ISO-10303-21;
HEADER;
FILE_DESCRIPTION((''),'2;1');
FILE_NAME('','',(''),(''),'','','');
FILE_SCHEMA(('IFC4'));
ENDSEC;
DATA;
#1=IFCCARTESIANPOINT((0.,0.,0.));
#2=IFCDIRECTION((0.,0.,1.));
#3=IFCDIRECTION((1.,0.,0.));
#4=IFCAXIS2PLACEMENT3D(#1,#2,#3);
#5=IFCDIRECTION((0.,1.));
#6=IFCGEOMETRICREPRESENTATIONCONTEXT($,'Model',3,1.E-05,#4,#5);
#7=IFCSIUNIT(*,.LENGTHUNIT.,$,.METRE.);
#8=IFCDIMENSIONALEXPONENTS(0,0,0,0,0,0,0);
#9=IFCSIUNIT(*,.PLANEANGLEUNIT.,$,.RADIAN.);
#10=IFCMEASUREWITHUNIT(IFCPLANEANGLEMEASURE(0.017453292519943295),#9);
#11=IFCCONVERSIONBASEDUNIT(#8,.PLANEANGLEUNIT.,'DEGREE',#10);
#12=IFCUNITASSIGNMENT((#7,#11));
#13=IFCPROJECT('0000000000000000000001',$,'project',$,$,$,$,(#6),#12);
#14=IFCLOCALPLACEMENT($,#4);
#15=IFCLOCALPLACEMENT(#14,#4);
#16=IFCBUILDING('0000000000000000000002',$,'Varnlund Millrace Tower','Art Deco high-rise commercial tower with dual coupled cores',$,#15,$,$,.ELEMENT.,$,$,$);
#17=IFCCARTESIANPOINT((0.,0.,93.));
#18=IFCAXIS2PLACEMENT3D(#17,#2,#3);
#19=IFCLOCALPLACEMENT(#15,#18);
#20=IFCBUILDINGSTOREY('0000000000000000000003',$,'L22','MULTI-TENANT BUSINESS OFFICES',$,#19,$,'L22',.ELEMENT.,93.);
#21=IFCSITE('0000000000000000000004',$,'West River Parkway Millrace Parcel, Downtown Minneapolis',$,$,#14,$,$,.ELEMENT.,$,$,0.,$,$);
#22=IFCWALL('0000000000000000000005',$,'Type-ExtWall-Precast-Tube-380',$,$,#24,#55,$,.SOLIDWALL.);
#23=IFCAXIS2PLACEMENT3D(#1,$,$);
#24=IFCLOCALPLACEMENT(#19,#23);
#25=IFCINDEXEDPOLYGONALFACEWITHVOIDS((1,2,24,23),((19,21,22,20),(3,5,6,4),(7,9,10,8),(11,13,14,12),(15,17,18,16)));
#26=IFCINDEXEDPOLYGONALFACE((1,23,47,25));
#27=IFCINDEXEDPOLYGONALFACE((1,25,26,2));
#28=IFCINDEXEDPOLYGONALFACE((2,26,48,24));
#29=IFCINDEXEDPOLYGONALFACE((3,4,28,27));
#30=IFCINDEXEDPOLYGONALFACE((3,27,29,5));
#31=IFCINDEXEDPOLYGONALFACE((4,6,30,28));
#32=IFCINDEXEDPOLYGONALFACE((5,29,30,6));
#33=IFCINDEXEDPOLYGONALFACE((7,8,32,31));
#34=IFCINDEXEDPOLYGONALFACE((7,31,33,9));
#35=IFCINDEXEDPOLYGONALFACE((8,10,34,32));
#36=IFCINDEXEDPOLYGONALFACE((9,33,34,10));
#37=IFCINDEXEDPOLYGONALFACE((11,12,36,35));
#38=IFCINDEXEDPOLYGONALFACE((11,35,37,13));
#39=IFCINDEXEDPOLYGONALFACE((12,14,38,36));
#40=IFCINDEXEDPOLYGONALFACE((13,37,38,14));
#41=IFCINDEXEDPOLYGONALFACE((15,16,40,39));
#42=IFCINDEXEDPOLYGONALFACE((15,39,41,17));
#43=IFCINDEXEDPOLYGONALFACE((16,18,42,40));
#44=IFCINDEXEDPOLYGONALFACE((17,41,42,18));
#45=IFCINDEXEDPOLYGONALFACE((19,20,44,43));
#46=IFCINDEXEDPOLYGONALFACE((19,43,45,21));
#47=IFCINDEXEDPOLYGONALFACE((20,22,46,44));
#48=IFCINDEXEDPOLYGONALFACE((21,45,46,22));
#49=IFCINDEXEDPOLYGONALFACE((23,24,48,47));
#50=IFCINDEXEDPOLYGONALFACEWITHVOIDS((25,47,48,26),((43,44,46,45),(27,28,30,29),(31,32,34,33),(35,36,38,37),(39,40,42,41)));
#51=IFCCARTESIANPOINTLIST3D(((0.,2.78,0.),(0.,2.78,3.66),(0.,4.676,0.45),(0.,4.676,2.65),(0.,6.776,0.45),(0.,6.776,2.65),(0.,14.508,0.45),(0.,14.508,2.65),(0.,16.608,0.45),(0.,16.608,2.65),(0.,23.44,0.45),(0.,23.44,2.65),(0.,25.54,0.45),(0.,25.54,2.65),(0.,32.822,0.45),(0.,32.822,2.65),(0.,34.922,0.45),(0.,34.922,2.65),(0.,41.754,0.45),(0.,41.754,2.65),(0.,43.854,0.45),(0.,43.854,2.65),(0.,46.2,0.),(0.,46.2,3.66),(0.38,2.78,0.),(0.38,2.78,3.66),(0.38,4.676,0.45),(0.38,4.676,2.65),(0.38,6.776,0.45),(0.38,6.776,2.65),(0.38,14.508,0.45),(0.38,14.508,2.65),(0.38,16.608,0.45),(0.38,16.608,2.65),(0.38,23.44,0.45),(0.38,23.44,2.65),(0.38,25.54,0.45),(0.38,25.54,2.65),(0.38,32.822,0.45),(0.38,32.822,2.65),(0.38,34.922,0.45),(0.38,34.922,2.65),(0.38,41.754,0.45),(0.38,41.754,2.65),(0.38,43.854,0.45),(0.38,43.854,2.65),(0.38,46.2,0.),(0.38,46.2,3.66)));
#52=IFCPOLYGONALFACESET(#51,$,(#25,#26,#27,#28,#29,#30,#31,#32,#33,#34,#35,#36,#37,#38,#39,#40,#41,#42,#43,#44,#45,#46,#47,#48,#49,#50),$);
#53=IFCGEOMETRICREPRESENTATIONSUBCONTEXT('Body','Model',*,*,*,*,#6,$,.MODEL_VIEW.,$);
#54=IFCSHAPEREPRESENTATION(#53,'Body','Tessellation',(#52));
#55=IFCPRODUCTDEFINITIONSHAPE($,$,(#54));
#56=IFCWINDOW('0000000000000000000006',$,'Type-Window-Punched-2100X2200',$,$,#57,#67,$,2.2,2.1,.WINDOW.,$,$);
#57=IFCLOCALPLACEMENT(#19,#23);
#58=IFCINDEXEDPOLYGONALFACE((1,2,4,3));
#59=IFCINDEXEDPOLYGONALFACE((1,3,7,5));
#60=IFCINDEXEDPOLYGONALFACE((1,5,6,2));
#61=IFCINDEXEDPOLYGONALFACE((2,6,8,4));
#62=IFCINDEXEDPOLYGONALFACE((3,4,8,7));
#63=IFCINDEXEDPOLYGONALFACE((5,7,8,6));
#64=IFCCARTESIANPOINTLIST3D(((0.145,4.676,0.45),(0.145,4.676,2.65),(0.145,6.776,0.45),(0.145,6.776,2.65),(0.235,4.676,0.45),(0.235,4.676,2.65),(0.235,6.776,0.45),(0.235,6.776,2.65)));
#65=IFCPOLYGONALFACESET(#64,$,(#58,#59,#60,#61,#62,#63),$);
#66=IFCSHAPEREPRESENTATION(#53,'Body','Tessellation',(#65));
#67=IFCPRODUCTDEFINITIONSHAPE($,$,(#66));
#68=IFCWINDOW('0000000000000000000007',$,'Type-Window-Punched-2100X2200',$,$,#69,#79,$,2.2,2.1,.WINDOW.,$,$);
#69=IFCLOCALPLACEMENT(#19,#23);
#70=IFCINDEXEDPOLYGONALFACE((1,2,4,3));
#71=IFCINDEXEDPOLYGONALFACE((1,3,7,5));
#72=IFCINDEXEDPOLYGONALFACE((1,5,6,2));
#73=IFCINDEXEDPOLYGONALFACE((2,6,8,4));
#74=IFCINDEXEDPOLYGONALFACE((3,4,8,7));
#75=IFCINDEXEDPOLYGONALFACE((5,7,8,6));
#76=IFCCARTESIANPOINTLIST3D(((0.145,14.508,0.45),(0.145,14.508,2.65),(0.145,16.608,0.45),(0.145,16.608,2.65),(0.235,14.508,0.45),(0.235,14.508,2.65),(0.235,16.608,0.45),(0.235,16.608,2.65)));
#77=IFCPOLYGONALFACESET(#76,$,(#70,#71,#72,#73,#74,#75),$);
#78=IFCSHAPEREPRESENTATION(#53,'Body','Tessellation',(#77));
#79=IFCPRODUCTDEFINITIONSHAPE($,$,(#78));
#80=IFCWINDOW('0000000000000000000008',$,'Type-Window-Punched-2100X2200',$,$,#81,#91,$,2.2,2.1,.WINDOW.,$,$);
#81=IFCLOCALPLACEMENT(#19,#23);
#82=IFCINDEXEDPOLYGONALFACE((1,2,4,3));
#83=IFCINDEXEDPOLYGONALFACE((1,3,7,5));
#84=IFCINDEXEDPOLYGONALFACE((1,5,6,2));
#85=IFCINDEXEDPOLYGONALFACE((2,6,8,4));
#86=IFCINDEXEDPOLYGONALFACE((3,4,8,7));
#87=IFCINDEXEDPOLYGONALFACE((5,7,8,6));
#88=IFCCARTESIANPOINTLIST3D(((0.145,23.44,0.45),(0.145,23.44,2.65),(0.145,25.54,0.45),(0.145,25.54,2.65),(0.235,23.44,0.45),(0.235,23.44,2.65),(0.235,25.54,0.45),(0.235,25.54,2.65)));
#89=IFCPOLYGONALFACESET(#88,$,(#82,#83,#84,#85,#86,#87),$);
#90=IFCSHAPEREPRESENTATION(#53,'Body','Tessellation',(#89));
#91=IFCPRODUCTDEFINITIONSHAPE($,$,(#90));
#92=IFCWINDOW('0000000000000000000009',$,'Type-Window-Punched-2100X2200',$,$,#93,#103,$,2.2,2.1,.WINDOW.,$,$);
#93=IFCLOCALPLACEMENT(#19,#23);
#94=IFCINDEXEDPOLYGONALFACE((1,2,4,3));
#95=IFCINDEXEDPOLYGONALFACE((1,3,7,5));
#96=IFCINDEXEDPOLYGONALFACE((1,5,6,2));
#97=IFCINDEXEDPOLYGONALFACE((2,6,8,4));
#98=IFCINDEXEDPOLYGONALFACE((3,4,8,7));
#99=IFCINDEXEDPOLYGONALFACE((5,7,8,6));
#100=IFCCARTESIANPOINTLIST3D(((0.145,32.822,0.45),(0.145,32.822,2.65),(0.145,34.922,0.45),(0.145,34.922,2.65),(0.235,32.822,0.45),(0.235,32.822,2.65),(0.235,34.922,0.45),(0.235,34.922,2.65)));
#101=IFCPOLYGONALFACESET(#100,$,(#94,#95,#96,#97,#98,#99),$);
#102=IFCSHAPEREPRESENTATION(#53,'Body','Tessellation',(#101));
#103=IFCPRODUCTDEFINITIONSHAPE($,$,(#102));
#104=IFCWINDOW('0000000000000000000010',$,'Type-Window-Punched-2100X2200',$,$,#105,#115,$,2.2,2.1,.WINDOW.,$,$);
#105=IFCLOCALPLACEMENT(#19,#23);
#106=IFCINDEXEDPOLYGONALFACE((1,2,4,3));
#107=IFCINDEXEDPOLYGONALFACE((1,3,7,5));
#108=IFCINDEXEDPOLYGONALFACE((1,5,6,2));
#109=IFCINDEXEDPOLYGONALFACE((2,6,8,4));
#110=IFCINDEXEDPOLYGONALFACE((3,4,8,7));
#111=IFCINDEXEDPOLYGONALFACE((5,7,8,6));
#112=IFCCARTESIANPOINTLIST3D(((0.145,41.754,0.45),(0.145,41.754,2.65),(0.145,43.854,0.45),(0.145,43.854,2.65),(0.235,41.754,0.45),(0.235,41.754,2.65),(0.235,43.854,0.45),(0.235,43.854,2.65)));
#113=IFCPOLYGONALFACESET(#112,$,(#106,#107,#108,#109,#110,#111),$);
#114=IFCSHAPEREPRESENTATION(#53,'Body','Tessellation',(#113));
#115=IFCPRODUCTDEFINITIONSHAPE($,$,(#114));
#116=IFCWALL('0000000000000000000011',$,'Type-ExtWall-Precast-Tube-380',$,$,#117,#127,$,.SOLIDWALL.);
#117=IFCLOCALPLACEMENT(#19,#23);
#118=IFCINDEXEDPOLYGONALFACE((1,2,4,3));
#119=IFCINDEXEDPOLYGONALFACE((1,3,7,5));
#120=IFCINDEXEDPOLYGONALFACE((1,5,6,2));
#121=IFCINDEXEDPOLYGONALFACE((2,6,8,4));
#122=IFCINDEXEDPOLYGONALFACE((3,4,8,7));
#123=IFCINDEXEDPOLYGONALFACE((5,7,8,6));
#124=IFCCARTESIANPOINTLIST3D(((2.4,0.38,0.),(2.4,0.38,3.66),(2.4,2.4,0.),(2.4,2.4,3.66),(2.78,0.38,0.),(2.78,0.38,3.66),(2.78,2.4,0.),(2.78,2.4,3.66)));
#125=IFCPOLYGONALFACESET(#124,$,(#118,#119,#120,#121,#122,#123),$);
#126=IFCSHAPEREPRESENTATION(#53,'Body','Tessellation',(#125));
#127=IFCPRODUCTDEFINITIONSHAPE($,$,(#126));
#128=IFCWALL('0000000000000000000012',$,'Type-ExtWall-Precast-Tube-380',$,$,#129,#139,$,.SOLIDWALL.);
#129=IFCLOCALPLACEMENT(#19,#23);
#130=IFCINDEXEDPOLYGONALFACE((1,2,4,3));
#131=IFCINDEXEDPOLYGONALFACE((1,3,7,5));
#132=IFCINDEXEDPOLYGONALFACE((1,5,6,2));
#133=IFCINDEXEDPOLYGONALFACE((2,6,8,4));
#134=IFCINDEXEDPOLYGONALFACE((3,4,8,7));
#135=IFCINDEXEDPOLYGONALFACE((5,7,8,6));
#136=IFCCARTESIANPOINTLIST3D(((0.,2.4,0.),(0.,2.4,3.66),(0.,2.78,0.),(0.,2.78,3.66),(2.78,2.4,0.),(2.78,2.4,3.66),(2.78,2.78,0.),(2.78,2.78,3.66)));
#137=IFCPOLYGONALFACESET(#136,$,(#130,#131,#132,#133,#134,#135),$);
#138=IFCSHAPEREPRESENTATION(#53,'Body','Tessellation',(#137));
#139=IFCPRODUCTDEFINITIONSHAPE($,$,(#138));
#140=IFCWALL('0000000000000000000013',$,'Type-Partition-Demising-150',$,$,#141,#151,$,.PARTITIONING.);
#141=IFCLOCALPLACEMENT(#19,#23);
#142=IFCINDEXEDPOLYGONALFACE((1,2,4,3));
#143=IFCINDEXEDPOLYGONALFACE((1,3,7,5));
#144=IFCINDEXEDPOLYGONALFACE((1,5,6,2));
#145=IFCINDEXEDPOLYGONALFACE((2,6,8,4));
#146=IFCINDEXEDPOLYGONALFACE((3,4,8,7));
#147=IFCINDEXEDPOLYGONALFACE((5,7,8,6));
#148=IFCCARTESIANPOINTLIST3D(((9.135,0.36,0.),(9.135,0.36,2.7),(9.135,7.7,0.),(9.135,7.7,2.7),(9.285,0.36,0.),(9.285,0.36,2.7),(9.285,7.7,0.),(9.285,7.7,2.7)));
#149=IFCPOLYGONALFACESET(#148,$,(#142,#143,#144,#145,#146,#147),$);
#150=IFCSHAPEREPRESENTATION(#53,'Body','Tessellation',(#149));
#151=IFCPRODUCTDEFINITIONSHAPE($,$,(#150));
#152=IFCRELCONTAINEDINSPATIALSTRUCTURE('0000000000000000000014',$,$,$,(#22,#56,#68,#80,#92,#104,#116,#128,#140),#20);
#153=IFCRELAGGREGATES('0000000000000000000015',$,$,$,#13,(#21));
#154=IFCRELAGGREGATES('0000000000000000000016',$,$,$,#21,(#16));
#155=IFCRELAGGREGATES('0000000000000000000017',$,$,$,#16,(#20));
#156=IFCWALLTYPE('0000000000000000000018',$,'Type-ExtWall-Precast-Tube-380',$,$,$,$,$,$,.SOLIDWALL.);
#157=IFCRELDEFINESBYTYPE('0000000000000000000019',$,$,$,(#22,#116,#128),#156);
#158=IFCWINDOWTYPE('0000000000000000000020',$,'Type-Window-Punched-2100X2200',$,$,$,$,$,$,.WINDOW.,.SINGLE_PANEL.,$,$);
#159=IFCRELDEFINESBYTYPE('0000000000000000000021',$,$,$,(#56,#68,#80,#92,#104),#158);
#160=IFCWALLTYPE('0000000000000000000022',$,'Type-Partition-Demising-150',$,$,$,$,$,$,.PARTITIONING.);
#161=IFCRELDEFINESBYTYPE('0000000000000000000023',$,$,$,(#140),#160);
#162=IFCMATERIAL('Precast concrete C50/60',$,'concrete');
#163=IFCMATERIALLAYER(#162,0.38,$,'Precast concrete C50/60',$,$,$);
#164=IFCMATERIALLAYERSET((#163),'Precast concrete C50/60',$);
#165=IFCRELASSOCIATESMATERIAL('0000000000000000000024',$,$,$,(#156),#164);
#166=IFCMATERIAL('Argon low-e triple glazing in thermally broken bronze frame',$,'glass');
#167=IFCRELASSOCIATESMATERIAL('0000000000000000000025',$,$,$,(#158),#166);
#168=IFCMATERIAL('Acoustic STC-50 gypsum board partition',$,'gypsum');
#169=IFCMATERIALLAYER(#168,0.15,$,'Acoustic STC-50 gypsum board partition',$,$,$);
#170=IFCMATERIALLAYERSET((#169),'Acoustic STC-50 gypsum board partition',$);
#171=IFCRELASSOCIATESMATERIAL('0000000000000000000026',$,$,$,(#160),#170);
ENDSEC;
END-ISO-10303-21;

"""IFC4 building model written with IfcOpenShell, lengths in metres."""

from ifc_helpers import new_model, entity, si_unit, converted_unit, direction, frame, origin_with_axes, origin_2d_with_axis, place, context, subcontext, project, spatial, polyline, rectangle, outline, extrude, material, layer, layer_set, type_object, element, fill, save


model = new_model("IFC4")

# Units and contexts
model_context = context("Model", 3, precision=1e-05, world=origin_with_axes(), true_north=direction((0.0, 1.0)))
body_context = subcontext(model_context, "Body", "Model", "MODEL_VIEW")
ifc_project = project(units=[si_unit("LENGTHUNIT", "METRE"), converted_unit("PLANEANGLEUNIT", "DEGREE", entity("IfcPlaneAngleMeasure", 0.017453292519943295), si_unit("PLANEANGLEUNIT", "RADIAN"), dimensions=[0, 0, 0, 0, 0, 0, 0])], contexts=[model_context])

# Site, building, storey
site_placement = place(None, origin_with_axes())
site = spatial("IfcSite", under=ifc_project, at=site_placement, Name="West River Parkway Millrace Parcel, Downtown Minneapolis", CompositionType="ELEMENT", RefElevation=0.0)
building_placement = place(site_placement, origin_with_axes())
building = spatial("IfcBuilding", under=site, at=building_placement, Name="Varnlund Millrace Tower", Description="Art Deco high-rise commercial tower with dual coupled cores", CompositionType="ELEMENT")
storey_placement = place(building_placement, frame((0.0, 0.0, 93.0), z_axis=(0.0, 0.0, 1.0), x_axis=(1.0, 0.0, 0.0)))
storey = spatial("IfcBuildingStorey", under=building, at=storey_placement, Name="L22", Description="MULTI-TENANT BUSINESS OFFICES", LongName="L22", CompositionType="ELEMENT", Elevation=93.0)

# Wall, openings, windows
ifc_material_1 = material(Name="Precast concrete C50/60", Category="concrete")
ifc_layer_1 = layer(ifc_material_1, 0.38, Name="Precast concrete C50/60")
ifc_layer_set_1 = layer_set([ifc_layer_1], Name="Precast concrete C50/60")
wall_type_1 = type_object("IfcWallType", Name="Type-ExtWall-Precast-Tube-380", PredefinedType="SOLIDWALL", material=ifc_layer_set_1)
wall_1_placement = place(storey_placement, frame((0.19, 2.78, 0.0), z_axis=(0.0, 0.0, 1.0), x_axis=(0.0, 1.0, 0.0)))
wall_1 = element("IfcWall", 1, at=wall_1_placement, inside=storey, type_object=wall_type_1, Name="Type-ExtWall-Precast-Tube-380", PredefinedType="SOLIDWALL", context=body_context, shape_type="SweptSolid", body=[
    extrude(outline(polyline([(0.0, -0.19), (43.42, -0.19), (43.42, 0.19), (0.0, 0.19), (0.0, -0.19)])), origin_with_axes(), (0.0, 0.0, 1.0), 3.66),
])
opening_1_placement = place(wall_1_placement, frame((2.946, 0.0, 0.45), z_axis=(0.0, 0.0, 1.0), x_axis=(1.0, 0.0, 0.0)))
opening_1 = element("IfcOpeningElement", 2, at=opening_1_placement, cuts=wall_1, PredefinedType="OPENING", context=body_context, shape_type="SweptSolid", body=[
    extrude(rectangle(XDim=2.1, YDim=0.4, at=origin_2d_with_axis()), origin_with_axes(), (0.0, 0.0, 1.0), 2.2),
])
opening_2_placement = place(wall_1_placement, frame((12.778, 0.0, 0.45), z_axis=(0.0, 0.0, 1.0), x_axis=(1.0, 0.0, 0.0)))
opening_2 = element("IfcOpeningElement", 3, at=opening_2_placement, cuts=wall_1, PredefinedType="OPENING", context=body_context, shape_type="SweptSolid", body=[
    extrude(rectangle(XDim=2.1, YDim=0.4, at=origin_2d_with_axis()), origin_with_axes(), (0.0, 0.0, 1.0), 2.2),
])
opening_3_placement = place(wall_1_placement, frame((21.71, 0.0, 0.45), z_axis=(0.0, 0.0, 1.0), x_axis=(1.0, 0.0, 0.0)))
opening_3 = element("IfcOpeningElement", 4, at=opening_3_placement, cuts=wall_1, PredefinedType="OPENING", context=body_context, shape_type="SweptSolid", body=[
    extrude(rectangle(XDim=2.1, YDim=0.4, at=origin_2d_with_axis()), origin_with_axes(), (0.0, 0.0, 1.0), 2.2),
])
opening_4_placement = place(wall_1_placement, frame((31.092, 0.0, 0.45), z_axis=(0.0, 0.0, 1.0), x_axis=(1.0, 0.0, 0.0)))
opening_4 = element("IfcOpeningElement", 5, at=opening_4_placement, cuts=wall_1, PredefinedType="OPENING", context=body_context, shape_type="SweptSolid", body=[
    extrude(rectangle(XDim=2.1, YDim=0.4, at=origin_2d_with_axis()), origin_with_axes(), (0.0, 0.0, 1.0), 2.2),
])
opening_5_placement = place(wall_1_placement, frame((40.024, 0.0, 0.45), z_axis=(0.0, 0.0, 1.0), x_axis=(1.0, 0.0, 0.0)))
opening_5 = element("IfcOpeningElement", 6, at=opening_5_placement, cuts=wall_1, PredefinedType="OPENING", context=body_context, shape_type="SweptSolid", body=[
    extrude(rectangle(XDim=2.1, YDim=0.4, at=origin_2d_with_axis()), origin_with_axes(), (0.0, 0.0, 1.0), 2.2),
])
ifc_material_2 = material(Name="Argon low-e triple glazing in thermally broken bronze frame", Category="glass")
window_type = type_object("IfcWindowType", Name="Type-Window-Punched-2100X2200", PartitioningType="SINGLE_PANEL", PredefinedType="WINDOW", material=ifc_material_2)
window_1_placement = place(wall_1_placement, frame((2.946, 0.0, 0.45), z_axis=(0.0, 0.0, 1.0), x_axis=(1.0, 0.0, 0.0)))
window_1 = element("IfcWindow", 7, at=window_1_placement, inside=storey, type_object=window_type, Name="Type-Window-Punched-2100X2200", OverallHeight=2.2, OverallWidth=2.1, PredefinedType="WINDOW", context=body_context, shape_type="SweptSolid", body=[
    extrude(rectangle(XDim=2.1, YDim=0.09, at=origin_2d_with_axis()), origin_with_axes(), (0.0, 0.0, 1.0), 2.2),
])
fill(opening_1, window_1)
window_2_placement = place(wall_1_placement, frame((12.778, 0.0, 0.45), z_axis=(0.0, 0.0, 1.0), x_axis=(1.0, 0.0, 0.0)))
window_2 = element("IfcWindow", 8, at=window_2_placement, inside=storey, type_object=window_type, Name="Type-Window-Punched-2100X2200", OverallHeight=2.2, OverallWidth=2.1, PredefinedType="WINDOW", context=body_context, shape_type="SweptSolid", body=[
    extrude(rectangle(XDim=2.1, YDim=0.09, at=origin_2d_with_axis()), origin_with_axes(), (0.0, 0.0, 1.0), 2.2),
])
fill(opening_2, window_2)
window_3_placement = place(wall_1_placement, frame((21.71, 0.0, 0.45), z_axis=(0.0, 0.0, 1.0), x_axis=(1.0, 0.0, 0.0)))
window_3 = element("IfcWindow", 9, at=window_3_placement, inside=storey, type_object=window_type, Name="Type-Window-Punched-2100X2200", OverallHeight=2.2, OverallWidth=2.1, PredefinedType="WINDOW", context=body_context, shape_type="SweptSolid", body=[
    extrude(rectangle(XDim=2.1, YDim=0.09, at=origin_2d_with_axis()), origin_with_axes(), (0.0, 0.0, 1.0), 2.2),
])
fill(opening_3, window_3)
window_4_placement = place(wall_1_placement, frame((31.092, 0.0, 0.45), z_axis=(0.0, 0.0, 1.0), x_axis=(1.0, 0.0, 0.0)))
window_4 = element("IfcWindow", 10, at=window_4_placement, inside=storey, type_object=window_type, Name="Type-Window-Punched-2100X2200", OverallHeight=2.2, OverallWidth=2.1, PredefinedType="WINDOW", context=body_context, shape_type="SweptSolid", body=[
    extrude(rectangle(XDim=2.1, YDim=0.09, at=origin_2d_with_axis()), origin_with_axes(), (0.0, 0.0, 1.0), 2.2),
])
fill(opening_4, window_4)
window_5_placement = place(wall_1_placement, frame((40.024, 0.0, 0.45), z_axis=(0.0, 0.0, 1.0), x_axis=(1.0, 0.0, 0.0)))
window_5 = element("IfcWindow", 11, at=window_5_placement, inside=storey, type_object=window_type, Name="Type-Window-Punched-2100X2200", OverallHeight=2.2, OverallWidth=2.1, PredefinedType="WINDOW", context=body_context, shape_type="SweptSolid", body=[
    extrude(rectangle(XDim=2.1, YDim=0.09, at=origin_2d_with_axis()), origin_with_axes(), (0.0, 0.0, 1.0), 2.2),
])
fill(opening_5, window_5)

# Walls
wall_2_placement = place(storey_placement, frame((2.59, 0.38, 0.0), z_axis=(0.0, 0.0, 1.0), x_axis=(0.0, 1.0, 0.0)))
element("IfcWall", 12, at=wall_2_placement, inside=storey, type_object=wall_type_1, Name="Type-ExtWall-Precast-Tube-380", PredefinedType="SOLIDWALL", context=body_context, shape_type="SweptSolid", body=[
    extrude(outline(polyline([(0.0, -0.19), (2.02, -0.19), (2.02, 0.19), (0.0, 0.19), (0.0, -0.19)])), origin_with_axes(), (0.0, 0.0, 1.0), 3.66),
])
wall_3_placement = place(storey_placement, frame((2.78, 2.59, 0.0), z_axis=(0.0, 0.0, 1.0), x_axis=(-1.0, 0.0, 0.0)))
element("IfcWall", 13, at=wall_3_placement, inside=storey, type_object=wall_type_1, Name="Type-ExtWall-Precast-Tube-380", PredefinedType="SOLIDWALL", context=body_context, shape_type="SweptSolid", body=[
    extrude(outline(polyline([(0.0, -0.19), (2.78, -0.19), (2.78, 0.19), (0.0, 0.19), (0.0, -0.19)])), origin_with_axes(), (0.0, 0.0, 1.0), 3.66),
])
ifc_material_3 = material(Name="Acoustic STC-50 gypsum board partition", Category="gypsum")
ifc_layer_2 = layer(ifc_material_3, 0.15, Name="Acoustic STC-50 gypsum board partition")
ifc_layer_set_2 = layer_set([ifc_layer_2], Name="Acoustic STC-50 gypsum board partition")
wall_type_2 = type_object("IfcWallType", Name="Type-Partition-Demising-150", PredefinedType="PARTITIONING", material=ifc_layer_set_2)
wall_4_placement = place(storey_placement, frame((9.21, 0.36, 0.0), z_axis=(0.0, 0.0, 1.0), x_axis=(0.0, 1.0, 0.0)))
element("IfcWall", 14, at=wall_4_placement, inside=storey, type_object=wall_type_2, Name="Type-Partition-Demising-150", PredefinedType="PARTITIONING", context=body_context, shape_type="SweptSolid", body=[
    extrude(outline(polyline([(0.0, -0.075), (7.34, -0.075), (7.34, 0.075), (0.0, 0.075), (0.0, -0.075)])), origin_with_axes(), (0.0, 0.0, 1.0), 2.7),
])

save(model, "model.ifc")
